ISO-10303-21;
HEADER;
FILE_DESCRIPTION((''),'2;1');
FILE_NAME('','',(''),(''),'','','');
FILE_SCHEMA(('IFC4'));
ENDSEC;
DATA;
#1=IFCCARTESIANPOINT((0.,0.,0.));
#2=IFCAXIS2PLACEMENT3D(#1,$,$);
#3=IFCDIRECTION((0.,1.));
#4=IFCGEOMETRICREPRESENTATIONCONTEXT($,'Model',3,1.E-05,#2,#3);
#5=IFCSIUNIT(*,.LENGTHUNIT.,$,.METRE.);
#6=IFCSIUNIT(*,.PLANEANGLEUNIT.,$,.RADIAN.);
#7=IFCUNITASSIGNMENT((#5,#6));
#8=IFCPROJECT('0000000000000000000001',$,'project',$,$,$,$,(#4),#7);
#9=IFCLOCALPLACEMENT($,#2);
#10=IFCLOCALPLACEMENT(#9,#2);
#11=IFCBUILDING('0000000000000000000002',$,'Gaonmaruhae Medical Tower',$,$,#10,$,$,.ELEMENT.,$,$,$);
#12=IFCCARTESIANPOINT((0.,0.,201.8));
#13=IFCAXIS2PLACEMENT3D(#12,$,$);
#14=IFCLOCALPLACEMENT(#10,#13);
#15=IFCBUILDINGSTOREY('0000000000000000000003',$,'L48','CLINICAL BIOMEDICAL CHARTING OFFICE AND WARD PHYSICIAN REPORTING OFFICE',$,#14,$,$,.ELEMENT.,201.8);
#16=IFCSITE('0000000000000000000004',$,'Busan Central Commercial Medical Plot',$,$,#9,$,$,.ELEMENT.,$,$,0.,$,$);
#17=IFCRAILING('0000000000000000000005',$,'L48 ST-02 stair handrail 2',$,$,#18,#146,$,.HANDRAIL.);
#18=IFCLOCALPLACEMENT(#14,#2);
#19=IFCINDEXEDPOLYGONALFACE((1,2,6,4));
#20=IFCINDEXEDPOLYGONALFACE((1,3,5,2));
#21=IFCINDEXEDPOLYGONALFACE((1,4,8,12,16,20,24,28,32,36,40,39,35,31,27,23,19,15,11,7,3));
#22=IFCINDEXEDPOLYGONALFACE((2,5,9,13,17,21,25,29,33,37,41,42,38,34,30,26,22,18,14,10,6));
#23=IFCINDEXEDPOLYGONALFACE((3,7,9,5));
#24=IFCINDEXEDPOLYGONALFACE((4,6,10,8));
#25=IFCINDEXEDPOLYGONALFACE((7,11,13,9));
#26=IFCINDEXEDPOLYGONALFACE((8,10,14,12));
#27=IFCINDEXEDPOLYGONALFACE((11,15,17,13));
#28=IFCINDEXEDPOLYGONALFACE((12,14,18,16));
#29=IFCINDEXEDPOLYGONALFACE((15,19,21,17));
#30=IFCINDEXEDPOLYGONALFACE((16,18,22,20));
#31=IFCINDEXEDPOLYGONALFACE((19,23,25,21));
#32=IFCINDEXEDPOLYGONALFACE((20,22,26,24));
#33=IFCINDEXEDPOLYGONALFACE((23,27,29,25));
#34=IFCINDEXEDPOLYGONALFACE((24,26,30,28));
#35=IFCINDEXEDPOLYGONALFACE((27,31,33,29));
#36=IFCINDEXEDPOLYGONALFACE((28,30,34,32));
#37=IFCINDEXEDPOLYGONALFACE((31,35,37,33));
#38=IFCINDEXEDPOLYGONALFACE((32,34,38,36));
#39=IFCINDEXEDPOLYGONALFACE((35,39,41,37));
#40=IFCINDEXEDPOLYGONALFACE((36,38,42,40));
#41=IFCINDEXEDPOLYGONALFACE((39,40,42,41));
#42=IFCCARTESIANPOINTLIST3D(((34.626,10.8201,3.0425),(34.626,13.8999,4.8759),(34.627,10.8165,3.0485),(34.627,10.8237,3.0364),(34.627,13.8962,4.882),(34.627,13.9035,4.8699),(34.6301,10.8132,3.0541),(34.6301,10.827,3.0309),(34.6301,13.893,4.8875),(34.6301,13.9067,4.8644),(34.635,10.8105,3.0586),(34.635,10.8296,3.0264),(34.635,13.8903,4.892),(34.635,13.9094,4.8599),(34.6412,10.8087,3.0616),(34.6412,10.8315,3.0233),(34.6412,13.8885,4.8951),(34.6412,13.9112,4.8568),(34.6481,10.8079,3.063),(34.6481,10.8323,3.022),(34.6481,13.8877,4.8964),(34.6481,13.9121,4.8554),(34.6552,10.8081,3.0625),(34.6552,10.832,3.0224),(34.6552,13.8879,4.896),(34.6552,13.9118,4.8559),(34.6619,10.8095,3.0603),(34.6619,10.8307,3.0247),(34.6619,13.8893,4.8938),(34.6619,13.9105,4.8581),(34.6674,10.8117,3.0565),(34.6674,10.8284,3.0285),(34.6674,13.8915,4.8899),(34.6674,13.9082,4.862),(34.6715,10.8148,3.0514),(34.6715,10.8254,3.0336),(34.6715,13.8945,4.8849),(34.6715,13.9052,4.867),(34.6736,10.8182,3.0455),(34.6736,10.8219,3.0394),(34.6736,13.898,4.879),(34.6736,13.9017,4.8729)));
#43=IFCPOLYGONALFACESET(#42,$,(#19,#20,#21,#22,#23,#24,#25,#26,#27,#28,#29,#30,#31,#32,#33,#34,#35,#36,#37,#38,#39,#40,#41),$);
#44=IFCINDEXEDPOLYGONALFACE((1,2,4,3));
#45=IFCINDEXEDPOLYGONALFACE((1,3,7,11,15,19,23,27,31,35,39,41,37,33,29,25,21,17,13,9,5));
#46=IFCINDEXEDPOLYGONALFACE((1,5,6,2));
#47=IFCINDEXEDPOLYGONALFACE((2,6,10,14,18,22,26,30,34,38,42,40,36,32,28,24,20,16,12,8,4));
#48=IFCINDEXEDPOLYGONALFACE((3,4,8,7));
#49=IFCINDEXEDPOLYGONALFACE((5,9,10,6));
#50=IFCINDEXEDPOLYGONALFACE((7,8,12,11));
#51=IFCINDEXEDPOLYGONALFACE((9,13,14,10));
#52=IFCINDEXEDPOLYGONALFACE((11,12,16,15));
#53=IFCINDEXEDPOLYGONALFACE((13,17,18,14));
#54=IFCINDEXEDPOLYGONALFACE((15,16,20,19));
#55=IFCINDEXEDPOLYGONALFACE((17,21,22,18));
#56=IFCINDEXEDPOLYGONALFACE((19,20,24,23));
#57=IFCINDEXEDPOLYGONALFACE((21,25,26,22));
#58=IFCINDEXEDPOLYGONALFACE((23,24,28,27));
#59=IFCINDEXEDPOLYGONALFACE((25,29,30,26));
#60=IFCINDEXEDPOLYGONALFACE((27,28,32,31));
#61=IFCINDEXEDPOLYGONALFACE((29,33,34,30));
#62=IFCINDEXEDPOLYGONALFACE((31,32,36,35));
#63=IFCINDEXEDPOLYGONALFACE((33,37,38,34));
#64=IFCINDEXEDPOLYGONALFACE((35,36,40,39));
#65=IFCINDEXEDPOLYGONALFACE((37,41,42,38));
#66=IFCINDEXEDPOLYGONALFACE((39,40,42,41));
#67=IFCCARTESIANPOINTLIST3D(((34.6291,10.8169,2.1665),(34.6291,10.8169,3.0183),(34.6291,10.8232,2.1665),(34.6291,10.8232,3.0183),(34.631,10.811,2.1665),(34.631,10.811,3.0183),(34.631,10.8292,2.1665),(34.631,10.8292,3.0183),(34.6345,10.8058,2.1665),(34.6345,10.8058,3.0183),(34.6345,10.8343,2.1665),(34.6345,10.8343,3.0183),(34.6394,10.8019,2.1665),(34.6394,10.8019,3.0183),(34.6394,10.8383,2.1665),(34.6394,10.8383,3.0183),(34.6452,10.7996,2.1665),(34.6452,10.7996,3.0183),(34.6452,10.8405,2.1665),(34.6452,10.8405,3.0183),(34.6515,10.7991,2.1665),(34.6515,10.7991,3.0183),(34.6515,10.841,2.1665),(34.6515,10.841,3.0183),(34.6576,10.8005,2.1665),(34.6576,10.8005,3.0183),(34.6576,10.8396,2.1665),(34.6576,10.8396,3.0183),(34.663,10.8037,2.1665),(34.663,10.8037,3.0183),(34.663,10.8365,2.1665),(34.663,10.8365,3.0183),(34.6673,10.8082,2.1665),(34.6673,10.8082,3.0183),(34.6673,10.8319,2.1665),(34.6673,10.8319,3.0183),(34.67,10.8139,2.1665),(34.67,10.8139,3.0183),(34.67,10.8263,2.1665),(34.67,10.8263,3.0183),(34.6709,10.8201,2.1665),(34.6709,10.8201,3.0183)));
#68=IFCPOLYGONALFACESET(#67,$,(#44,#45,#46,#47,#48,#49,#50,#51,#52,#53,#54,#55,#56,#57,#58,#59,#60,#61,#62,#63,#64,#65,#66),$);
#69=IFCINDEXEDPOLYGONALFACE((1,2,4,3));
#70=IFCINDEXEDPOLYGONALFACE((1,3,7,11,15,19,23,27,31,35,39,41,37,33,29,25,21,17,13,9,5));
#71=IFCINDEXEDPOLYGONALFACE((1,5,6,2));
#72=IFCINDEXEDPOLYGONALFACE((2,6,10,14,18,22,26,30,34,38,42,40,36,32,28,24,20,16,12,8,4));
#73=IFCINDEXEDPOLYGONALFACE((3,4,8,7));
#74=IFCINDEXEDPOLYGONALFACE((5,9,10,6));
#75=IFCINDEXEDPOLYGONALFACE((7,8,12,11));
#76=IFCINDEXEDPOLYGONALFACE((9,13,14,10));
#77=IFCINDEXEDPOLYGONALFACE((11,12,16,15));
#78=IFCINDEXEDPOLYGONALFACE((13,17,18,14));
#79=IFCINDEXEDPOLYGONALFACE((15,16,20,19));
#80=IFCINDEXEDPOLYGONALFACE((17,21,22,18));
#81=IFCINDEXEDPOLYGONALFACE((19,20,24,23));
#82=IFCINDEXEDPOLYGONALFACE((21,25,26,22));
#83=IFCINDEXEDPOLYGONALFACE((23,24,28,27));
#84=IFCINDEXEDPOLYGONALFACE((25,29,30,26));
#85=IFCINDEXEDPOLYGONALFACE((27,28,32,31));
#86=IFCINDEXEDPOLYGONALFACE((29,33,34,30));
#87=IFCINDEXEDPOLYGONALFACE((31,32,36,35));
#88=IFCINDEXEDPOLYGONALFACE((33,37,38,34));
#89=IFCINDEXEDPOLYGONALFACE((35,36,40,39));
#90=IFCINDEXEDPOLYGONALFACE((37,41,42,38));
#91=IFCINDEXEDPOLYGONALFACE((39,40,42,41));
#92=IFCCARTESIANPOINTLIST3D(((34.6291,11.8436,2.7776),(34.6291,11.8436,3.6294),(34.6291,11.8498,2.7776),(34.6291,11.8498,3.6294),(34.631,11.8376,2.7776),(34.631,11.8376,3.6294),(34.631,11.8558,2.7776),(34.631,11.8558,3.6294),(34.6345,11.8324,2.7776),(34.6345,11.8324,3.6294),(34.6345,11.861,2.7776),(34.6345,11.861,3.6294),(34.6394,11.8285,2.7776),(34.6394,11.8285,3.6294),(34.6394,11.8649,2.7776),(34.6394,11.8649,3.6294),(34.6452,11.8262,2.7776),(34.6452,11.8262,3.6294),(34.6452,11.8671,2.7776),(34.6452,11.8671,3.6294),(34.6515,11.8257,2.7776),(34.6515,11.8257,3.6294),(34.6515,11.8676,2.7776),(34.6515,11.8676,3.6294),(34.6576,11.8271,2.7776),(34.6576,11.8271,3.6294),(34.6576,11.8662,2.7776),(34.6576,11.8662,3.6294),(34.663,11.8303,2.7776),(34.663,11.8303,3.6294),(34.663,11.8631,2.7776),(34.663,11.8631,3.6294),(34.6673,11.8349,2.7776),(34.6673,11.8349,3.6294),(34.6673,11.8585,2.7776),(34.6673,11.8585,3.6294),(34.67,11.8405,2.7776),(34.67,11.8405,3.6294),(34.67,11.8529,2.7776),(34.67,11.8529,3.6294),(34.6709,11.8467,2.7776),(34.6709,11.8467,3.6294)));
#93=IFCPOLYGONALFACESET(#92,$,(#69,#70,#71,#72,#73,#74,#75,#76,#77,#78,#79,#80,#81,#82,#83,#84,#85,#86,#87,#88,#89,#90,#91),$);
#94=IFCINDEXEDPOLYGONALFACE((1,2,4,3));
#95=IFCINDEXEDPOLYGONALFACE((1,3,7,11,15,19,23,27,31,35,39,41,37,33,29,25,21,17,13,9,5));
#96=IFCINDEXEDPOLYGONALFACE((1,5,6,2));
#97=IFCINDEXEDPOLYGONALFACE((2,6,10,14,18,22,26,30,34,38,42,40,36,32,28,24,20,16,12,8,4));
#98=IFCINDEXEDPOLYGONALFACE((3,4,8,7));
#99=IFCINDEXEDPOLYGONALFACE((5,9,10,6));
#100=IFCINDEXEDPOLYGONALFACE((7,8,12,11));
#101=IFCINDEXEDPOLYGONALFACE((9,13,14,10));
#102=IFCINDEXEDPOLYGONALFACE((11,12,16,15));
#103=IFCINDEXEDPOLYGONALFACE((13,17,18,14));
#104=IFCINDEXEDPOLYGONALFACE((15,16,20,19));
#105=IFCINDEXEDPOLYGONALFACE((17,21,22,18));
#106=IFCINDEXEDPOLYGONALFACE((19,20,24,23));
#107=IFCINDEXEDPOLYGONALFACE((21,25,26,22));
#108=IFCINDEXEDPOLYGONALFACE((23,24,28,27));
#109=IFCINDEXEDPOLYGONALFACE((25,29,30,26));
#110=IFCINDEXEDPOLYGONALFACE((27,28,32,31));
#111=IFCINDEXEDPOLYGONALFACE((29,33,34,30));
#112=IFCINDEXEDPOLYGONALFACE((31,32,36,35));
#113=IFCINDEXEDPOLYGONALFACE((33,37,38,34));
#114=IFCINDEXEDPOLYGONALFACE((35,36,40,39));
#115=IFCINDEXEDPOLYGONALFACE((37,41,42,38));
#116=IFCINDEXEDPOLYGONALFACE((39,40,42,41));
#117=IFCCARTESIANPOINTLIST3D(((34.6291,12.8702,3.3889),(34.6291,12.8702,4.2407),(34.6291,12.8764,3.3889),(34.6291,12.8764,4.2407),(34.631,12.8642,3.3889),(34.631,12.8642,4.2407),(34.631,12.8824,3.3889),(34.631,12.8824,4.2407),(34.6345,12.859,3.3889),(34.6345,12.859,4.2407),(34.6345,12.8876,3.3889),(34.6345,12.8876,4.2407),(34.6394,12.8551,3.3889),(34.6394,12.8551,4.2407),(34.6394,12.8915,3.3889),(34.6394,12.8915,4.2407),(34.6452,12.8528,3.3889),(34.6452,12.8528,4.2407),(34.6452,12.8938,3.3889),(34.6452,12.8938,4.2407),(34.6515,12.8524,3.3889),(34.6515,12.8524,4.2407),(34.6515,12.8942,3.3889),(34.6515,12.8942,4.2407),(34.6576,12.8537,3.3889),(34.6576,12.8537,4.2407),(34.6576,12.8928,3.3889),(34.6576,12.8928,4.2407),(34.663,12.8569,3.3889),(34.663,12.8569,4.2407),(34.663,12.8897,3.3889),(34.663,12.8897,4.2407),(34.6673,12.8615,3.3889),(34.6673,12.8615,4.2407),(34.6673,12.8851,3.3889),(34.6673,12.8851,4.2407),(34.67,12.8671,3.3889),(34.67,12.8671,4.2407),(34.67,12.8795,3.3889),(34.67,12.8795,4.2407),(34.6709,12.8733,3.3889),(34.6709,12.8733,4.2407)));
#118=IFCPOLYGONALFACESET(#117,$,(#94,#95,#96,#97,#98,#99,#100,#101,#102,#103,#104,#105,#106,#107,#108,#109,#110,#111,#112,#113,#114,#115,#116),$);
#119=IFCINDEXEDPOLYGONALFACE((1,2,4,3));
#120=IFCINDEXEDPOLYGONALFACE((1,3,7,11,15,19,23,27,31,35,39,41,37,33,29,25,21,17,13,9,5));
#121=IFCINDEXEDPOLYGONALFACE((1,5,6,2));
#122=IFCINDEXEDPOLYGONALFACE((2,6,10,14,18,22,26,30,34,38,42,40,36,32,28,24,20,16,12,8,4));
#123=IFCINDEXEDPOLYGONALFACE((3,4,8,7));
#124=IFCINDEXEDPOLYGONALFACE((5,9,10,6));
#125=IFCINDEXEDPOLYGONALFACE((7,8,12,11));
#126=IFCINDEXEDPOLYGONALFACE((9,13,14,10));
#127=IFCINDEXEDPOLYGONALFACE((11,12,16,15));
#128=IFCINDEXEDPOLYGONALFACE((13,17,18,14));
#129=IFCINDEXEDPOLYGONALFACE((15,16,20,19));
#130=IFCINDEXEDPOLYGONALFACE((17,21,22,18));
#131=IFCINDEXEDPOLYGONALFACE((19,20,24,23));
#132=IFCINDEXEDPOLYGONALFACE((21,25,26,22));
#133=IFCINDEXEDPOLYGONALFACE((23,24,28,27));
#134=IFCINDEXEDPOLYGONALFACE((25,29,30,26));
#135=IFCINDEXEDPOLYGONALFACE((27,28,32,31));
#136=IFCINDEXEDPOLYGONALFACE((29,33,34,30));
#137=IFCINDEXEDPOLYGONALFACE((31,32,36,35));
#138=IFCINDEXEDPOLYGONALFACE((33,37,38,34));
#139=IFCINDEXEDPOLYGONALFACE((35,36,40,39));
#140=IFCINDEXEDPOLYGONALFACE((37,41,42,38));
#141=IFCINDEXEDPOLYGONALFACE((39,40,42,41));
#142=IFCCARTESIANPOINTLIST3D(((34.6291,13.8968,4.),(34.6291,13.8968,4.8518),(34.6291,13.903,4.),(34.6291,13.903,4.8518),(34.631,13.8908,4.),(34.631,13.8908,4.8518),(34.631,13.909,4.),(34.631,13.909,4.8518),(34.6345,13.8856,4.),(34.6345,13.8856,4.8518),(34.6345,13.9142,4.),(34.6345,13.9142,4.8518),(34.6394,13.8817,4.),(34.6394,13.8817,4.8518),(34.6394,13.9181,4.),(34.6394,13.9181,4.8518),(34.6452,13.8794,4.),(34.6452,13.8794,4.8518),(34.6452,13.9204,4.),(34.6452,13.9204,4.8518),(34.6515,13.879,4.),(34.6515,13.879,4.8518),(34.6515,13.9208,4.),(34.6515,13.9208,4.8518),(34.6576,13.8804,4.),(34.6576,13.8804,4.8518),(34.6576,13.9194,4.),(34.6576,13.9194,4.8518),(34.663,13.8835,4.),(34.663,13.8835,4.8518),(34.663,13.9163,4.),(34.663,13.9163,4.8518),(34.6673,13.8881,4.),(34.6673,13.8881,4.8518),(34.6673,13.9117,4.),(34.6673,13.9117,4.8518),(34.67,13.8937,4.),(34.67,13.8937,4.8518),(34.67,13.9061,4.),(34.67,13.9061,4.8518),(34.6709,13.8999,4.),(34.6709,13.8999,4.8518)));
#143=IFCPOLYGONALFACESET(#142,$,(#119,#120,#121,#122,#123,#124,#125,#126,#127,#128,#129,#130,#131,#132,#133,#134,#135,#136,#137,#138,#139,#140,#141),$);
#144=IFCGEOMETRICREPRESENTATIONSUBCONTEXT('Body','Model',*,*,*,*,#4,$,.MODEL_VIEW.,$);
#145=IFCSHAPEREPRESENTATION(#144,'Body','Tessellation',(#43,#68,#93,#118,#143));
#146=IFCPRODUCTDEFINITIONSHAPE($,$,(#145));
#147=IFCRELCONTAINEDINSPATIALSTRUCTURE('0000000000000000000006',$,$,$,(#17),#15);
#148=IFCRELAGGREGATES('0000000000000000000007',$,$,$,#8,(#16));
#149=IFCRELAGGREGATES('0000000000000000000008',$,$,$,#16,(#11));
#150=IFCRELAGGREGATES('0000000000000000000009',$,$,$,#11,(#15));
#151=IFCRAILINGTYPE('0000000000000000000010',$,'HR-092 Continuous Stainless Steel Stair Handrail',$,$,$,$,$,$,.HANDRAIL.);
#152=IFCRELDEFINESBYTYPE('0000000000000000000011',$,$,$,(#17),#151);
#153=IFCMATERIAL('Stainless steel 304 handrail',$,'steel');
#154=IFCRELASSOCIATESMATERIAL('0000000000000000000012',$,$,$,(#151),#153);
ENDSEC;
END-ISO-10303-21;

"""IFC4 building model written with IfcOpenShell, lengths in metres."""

from ifc_helpers import new_model, si_unit, direction, frame, origin, origin_2d, place, context, subcontext, project, spatial, circle, extrude, material, type_object, element, save


model = new_model("IFC4")

# Units and contexts
model_context = context("Model", 3, precision=1e-05, world=origin(), true_north=direction((0.0, 1.0)))
body_context = subcontext(model_context, "Body", "Model", "MODEL_VIEW")
ifc_project = project(units=[si_unit("LENGTHUNIT", "METRE"), si_unit("PLANEANGLEUNIT", "RADIAN")], contexts=[model_context])

# Site, building, storey
site_placement = place(None, origin())
site = spatial("IfcSite", under=ifc_project, at=site_placement, Name="Busan Central Commercial Medical Plot", CompositionType="ELEMENT", RefElevation=0.0)
building_placement = place(site_placement, origin())
building = spatial("IfcBuilding", under=site, at=building_placement, Name="Gaonmaruhae Medical Tower", CompositionType="ELEMENT")
storey_placement = place(building_placement, frame((0.0, 0.0, 201.8)))
storey = spatial("IfcBuildingStorey", under=building, at=storey_placement, Name="L48", Description="CLINICAL BIOMEDICAL CHARTING OFFICE AND WARD PHYSICIAN REPORTING OFFICE", CompositionType="ELEMENT", Elevation=201.8)

# Railing
ifc_material_1 = material(Name="Stainless steel 304 handrail", Category="steel")
railing_type_1 = type_object("IfcRailingType", Name="HR-092 Continuous Stainless Steel Stair Handrail", PredefinedType="HANDRAIL", material=ifc_material_1)
railing_1_placement = place(storey_placement, frame((34.6499, 10.8201, 2.1665)))
element("IfcRailing", 1, at=railing_1_placement, inside=storey, type_object=railing_type_1, Name="L48 ST-02 stair handrail 2", PredefinedType="HANDRAIL", context=body_context, shape_type="SweptSolid", body=[
    extrude(circle(Radius=0.0239, at=origin_2d()), frame((0.0, 0.0, 0.876), z_axis=(0.0, 0.859261, 0.511538), x_axis=(-1.0, 0.0, 0.0)), (0.0, 0.0, 1.0), 3.5842),
    extrude(circle(Radius=0.021, at=origin_2d()), origin(), (0.0, 0.0, 1.0), 0.8518),
    extrude(circle(Radius=0.021, at=origin_2d()), frame((0.0, 1.0266, 0.6111)), (0.0, 0.0, 1.0), 0.8518),
    extrude(circle(Radius=0.021, at=origin_2d()), frame((0.0, 2.0532, 1.2224)), (0.0, 0.0, 1.0), 0.8518),
    extrude(circle(Radius=0.021, at=origin_2d()), frame((0.0, 3.0798, 1.8335)), (0.0, 0.0, 1.0), 0.8518),
])

save(model, "model.ifc")
